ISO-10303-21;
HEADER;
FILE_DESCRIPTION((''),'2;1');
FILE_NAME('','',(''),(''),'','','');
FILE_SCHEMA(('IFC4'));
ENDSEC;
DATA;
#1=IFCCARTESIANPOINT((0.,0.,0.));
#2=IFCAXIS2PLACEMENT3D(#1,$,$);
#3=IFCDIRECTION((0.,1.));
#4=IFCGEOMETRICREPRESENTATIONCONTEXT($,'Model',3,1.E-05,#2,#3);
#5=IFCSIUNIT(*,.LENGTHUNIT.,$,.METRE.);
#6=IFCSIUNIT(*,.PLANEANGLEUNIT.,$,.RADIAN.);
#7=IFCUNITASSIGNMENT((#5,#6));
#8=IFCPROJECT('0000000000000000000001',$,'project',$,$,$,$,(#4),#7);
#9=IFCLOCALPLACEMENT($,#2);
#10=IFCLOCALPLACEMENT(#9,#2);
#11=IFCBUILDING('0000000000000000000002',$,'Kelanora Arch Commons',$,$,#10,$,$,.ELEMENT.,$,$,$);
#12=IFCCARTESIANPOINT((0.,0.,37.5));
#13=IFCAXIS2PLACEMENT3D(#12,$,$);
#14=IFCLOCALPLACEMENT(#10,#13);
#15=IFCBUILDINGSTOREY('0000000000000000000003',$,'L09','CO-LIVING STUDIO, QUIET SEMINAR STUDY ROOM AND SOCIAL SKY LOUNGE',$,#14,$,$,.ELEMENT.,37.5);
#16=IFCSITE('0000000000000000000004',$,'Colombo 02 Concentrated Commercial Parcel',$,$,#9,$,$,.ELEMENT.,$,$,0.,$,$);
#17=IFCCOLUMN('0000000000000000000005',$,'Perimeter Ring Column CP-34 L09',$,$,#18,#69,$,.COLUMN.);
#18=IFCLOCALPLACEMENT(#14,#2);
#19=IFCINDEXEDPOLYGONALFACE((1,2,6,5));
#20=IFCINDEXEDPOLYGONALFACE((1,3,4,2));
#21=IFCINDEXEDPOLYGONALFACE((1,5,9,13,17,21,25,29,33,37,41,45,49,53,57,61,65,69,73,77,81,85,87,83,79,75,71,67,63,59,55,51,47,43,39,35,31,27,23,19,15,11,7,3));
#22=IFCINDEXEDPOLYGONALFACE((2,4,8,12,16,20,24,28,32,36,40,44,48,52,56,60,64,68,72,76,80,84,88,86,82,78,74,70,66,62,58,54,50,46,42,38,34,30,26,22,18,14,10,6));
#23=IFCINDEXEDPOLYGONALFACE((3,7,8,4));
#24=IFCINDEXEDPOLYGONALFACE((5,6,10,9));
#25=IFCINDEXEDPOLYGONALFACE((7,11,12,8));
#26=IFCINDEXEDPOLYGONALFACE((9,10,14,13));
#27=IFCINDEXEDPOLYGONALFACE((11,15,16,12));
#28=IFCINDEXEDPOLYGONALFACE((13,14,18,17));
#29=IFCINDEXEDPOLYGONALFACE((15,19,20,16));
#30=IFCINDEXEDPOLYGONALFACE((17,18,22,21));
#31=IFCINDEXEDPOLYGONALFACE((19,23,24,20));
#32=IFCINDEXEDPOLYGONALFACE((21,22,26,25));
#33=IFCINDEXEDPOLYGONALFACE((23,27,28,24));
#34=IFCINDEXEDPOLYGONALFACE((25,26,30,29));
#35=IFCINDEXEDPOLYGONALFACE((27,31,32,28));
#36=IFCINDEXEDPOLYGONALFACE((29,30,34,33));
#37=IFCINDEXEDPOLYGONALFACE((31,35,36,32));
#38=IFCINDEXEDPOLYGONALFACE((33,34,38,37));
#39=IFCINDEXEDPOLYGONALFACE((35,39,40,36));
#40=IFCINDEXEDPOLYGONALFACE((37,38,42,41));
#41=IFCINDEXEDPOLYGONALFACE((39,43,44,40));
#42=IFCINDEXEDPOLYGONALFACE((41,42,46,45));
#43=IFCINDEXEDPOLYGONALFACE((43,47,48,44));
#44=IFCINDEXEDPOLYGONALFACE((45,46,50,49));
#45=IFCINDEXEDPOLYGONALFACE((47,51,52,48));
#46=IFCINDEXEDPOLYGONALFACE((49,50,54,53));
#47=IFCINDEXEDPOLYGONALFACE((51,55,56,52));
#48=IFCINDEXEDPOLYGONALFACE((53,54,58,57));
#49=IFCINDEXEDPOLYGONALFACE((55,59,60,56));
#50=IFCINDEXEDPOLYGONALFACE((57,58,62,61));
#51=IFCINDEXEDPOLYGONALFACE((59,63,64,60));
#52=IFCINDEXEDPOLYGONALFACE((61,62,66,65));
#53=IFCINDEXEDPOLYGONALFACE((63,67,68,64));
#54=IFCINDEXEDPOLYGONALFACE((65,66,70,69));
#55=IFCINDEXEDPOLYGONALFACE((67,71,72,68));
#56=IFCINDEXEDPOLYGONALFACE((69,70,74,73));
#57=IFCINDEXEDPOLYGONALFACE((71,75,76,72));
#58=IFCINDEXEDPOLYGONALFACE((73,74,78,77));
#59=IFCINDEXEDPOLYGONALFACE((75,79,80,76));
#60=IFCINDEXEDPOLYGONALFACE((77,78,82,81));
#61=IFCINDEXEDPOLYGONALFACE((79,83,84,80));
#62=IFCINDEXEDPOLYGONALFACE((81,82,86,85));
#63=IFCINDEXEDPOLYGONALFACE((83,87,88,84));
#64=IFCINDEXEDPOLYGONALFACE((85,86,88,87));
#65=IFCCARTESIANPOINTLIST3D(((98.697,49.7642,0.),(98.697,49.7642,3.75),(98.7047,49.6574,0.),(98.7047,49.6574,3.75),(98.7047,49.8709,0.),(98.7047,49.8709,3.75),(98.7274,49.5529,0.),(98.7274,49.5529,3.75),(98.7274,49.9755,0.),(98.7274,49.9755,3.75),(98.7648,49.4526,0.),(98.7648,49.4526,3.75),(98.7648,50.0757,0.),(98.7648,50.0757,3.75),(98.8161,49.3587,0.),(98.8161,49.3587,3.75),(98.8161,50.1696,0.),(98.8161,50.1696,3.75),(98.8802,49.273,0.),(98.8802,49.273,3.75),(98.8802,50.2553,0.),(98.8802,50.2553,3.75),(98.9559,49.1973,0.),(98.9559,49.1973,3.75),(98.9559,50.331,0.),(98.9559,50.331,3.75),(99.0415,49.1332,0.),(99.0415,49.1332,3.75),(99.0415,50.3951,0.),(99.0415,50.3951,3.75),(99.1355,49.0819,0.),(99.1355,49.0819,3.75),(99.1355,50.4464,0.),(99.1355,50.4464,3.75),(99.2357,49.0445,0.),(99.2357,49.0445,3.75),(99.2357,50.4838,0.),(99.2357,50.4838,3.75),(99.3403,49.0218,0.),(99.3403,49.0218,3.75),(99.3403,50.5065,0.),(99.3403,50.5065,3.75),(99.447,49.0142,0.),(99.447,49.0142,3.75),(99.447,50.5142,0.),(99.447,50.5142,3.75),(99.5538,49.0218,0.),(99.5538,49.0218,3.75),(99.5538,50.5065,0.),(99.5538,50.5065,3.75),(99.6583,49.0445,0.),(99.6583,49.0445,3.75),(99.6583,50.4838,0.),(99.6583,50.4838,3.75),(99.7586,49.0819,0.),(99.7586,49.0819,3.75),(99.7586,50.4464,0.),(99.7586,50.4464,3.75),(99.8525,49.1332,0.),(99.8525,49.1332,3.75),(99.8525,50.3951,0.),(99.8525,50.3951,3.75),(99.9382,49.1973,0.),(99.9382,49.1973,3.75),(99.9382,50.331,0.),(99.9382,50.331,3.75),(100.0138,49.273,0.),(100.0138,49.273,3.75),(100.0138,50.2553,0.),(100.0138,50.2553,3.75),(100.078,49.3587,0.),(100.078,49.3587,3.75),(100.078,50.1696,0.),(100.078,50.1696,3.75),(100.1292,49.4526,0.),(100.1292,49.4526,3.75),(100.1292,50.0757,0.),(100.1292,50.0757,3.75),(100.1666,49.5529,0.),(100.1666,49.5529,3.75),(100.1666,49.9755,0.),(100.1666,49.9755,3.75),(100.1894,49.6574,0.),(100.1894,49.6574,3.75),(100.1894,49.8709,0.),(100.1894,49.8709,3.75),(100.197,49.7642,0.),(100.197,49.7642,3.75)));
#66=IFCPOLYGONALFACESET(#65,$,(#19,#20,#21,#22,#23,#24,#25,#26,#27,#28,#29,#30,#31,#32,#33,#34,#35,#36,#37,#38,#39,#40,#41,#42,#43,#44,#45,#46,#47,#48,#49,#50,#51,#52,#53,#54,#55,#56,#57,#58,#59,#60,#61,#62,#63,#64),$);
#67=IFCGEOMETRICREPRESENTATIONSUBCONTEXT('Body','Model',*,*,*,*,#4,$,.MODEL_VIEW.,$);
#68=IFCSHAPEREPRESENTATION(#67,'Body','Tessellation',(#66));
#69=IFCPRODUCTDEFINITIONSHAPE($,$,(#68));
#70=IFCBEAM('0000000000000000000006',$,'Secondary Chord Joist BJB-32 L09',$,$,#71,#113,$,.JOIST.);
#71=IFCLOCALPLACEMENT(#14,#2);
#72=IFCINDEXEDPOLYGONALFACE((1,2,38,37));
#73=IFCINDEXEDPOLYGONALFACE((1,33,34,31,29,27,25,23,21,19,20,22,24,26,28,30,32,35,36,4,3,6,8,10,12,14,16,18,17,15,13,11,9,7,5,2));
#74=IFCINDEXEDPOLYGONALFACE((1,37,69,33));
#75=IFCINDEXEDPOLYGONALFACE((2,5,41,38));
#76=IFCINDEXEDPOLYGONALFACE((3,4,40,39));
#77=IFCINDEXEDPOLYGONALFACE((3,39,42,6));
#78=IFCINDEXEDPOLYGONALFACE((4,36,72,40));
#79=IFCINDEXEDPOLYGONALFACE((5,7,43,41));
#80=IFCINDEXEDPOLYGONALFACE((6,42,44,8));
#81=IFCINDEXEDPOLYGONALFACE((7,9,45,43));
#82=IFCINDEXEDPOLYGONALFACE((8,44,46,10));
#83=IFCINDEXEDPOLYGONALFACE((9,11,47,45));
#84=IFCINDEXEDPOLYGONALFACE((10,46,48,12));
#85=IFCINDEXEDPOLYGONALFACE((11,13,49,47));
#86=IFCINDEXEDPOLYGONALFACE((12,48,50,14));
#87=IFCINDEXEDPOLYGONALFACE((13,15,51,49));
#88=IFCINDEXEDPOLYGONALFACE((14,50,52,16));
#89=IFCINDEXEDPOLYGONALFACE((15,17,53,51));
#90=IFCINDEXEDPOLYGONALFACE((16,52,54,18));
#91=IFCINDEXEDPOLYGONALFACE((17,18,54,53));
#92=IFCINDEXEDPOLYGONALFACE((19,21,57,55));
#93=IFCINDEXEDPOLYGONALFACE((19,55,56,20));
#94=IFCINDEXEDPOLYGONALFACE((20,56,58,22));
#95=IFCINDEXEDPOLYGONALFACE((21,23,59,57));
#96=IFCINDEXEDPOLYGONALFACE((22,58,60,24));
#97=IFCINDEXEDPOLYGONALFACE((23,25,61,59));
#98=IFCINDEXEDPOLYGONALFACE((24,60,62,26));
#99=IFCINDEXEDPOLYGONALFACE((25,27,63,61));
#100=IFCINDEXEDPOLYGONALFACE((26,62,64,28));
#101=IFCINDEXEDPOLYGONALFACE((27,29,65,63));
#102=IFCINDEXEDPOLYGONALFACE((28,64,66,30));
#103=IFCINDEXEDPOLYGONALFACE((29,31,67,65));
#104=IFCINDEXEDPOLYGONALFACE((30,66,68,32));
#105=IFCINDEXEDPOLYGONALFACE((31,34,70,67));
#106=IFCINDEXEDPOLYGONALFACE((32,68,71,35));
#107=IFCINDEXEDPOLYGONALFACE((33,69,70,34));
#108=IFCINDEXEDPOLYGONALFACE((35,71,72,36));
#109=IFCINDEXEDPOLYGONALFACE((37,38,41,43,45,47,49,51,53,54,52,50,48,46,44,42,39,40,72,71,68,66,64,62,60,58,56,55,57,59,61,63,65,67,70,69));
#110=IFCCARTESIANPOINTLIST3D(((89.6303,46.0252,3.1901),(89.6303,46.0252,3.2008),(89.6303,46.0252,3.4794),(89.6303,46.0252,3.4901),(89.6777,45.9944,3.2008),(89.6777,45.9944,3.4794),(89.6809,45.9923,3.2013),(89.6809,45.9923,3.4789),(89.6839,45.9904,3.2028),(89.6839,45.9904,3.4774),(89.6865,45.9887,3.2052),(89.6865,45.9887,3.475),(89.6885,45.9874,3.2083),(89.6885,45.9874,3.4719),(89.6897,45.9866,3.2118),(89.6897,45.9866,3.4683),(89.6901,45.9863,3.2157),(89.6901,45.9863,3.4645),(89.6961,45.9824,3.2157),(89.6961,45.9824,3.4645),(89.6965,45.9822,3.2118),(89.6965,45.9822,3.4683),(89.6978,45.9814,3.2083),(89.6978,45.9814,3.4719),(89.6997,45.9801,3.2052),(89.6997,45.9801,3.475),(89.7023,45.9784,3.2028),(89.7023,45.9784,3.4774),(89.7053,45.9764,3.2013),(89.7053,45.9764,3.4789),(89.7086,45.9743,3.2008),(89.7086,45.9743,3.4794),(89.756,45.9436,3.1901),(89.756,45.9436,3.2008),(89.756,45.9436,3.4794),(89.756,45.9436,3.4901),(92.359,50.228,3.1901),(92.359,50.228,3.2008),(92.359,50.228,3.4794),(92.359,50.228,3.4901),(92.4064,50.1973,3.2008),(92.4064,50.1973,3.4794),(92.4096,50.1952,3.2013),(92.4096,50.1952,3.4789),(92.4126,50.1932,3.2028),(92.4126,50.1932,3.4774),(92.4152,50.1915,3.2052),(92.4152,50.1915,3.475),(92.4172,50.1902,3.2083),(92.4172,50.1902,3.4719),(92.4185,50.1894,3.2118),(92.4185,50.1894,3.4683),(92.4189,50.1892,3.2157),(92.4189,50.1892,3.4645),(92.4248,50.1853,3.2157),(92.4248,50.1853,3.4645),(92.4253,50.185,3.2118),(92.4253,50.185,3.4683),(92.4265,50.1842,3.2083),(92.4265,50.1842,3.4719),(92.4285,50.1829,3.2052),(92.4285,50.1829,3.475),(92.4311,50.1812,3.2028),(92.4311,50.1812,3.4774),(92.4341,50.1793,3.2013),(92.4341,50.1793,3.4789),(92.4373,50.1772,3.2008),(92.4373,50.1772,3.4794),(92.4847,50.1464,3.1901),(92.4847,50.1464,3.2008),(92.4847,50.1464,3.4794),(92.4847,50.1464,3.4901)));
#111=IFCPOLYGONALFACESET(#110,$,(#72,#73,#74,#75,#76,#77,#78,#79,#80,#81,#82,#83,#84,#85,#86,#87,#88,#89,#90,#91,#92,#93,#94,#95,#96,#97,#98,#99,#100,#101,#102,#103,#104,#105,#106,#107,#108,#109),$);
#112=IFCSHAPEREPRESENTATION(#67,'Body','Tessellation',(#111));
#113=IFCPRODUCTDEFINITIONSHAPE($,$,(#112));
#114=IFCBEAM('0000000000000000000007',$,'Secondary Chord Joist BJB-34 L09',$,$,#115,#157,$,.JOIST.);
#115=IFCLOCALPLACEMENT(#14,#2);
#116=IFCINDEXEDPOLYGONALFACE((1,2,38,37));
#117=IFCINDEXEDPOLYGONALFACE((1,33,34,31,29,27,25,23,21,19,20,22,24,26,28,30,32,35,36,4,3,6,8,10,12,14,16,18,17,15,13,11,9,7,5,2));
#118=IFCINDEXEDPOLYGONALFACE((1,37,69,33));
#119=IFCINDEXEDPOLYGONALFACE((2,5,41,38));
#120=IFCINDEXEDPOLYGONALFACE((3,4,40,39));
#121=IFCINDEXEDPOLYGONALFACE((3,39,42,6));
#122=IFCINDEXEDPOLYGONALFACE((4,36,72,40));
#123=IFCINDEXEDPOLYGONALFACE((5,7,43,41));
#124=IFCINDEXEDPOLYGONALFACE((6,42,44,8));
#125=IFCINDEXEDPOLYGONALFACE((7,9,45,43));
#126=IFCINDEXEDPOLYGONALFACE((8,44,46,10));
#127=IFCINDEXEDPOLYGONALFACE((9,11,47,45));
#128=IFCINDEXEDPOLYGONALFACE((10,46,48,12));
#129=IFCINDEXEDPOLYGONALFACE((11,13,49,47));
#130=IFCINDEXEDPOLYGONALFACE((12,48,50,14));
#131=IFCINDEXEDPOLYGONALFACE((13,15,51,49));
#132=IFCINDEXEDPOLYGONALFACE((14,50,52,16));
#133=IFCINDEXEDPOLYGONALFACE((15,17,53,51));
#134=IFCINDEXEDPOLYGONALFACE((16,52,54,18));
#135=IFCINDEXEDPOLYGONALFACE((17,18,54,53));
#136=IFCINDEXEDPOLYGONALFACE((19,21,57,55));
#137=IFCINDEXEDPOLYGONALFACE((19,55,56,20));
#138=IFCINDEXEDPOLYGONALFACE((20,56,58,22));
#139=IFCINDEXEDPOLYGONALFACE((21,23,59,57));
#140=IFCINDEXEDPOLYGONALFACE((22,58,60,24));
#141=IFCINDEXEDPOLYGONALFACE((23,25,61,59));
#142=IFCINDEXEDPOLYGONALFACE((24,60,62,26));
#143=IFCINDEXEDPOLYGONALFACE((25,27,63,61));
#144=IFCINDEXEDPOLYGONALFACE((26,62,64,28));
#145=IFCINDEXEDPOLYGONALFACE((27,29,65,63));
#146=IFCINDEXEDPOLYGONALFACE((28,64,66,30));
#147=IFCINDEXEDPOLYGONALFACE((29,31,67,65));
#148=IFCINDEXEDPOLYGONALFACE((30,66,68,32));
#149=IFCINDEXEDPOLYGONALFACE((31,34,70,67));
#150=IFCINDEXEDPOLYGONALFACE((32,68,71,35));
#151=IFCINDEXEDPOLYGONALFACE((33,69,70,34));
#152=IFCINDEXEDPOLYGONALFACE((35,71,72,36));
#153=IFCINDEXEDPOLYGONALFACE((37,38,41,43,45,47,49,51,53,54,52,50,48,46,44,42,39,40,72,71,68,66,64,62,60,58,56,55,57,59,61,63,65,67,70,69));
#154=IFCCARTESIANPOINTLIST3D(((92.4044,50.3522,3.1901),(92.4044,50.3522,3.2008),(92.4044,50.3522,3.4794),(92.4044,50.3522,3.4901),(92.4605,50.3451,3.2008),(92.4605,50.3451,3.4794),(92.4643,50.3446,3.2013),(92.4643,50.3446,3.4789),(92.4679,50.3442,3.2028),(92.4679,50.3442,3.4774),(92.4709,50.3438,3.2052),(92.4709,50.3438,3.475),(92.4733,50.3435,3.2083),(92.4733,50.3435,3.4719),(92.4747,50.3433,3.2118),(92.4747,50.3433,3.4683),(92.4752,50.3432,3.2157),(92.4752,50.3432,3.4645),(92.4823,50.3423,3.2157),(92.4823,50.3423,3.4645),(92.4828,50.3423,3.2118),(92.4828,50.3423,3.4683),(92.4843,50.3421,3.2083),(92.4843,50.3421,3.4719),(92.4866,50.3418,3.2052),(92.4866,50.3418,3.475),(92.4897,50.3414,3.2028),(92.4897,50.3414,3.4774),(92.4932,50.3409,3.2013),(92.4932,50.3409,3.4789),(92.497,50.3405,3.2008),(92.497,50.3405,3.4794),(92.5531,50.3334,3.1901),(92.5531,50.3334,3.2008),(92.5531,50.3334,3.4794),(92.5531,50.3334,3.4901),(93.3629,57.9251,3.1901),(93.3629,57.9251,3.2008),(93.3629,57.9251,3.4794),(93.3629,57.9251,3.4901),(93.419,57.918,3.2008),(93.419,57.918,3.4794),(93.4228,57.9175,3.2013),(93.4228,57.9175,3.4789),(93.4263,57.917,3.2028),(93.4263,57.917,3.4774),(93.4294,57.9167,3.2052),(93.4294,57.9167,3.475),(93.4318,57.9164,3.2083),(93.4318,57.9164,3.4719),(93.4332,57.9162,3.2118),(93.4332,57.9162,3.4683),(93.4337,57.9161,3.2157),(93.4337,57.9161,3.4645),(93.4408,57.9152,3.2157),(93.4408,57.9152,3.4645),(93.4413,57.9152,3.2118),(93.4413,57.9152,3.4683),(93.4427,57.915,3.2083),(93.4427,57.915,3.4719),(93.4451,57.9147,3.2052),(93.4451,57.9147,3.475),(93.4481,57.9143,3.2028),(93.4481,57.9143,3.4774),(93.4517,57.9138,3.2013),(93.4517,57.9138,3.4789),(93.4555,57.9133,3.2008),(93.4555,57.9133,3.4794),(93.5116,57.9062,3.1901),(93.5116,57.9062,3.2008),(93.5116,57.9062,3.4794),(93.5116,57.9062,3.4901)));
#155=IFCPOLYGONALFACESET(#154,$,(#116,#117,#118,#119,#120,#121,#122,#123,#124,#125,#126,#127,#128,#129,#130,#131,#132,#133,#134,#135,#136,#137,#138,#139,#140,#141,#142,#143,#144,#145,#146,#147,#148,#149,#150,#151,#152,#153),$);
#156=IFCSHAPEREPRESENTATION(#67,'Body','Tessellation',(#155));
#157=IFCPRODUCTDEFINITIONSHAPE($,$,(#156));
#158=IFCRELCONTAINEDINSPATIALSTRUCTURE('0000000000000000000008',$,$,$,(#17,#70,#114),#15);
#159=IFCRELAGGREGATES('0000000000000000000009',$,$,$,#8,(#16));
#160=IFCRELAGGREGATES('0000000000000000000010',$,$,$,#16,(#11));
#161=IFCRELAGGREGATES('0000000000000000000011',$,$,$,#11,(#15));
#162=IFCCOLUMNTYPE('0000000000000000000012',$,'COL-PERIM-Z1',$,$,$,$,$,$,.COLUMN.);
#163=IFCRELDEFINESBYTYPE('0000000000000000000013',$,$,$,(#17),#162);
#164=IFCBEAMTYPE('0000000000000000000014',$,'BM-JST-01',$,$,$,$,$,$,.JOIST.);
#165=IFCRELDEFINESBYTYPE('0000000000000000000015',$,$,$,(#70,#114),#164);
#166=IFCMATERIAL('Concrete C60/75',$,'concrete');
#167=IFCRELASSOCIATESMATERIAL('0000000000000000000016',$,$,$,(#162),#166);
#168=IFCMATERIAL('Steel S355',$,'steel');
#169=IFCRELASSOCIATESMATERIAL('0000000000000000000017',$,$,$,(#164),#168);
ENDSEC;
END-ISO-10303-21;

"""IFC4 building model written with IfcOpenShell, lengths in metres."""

from ifc_helpers import new_model, si_unit, direction, frame, origin, origin_2d, place, context, subcontext, project, spatial, circle, i_section, extrude, material, material_profile, profile_set, type_object, element, save


model = new_model("IFC4")

# Units and contexts
model_context = context("Model", 3, precision=1e-05, world=origin(), true_north=direction((0.0, 1.0)))
body_context = subcontext(model_context, "Body", "Model", "MODEL_VIEW")
ifc_project = project(units=[si_unit("LENGTHUNIT", "METRE"), si_unit("PLANEANGLEUNIT", "RADIAN")], contexts=[model_context])

# Site, building, storey
site_placement = place(None, origin())
site = spatial("IfcSite", under=ifc_project, at=site_placement, Name="Colombo 02 Concentrated Commercial Parcel", CompositionType="ELEMENT", RefElevation=0.0)
building_placement = place(site_placement, origin())
building = spatial("IfcBuilding", under=site, at=building_placement, Name="Kelanora Arch Commons", CompositionType="ELEMENT")
storey_placement = place(building_placement, frame((0.0, 0.0, 37.5)))
storey = spatial("IfcBuildingStorey", under=building, at=storey_placement, Name="L09", Description="CO-LIVING STUDIO, QUIET SEMINAR STUDY ROOM AND SOCIAL SKY LOUNGE", CompositionType="ELEMENT", Elevation=37.5)

# Column
ifc_material_1 = material(Name="Concrete C60/75", Category="concrete")
ifc_material_profile_1 = material_profile(ifc_material_1, circle(Radius=0.75, at=origin_2d()), Name="RCC1500")
ifc_profile_set_1 = profile_set([ifc_material_profile_1], Name="Concrete C60/75")
column_type = type_object("IfcColumnType", Name="COL-PERIM-Z1", PredefinedType="COLUMN", material=ifc_profile_set_1)
column_placement = place(storey_placement, frame((99.447, 49.7642, 0.0), z_axis=(0.0, 0.0, 1.0), x_axis=(1.0, 0.0, 0.0)))
element("IfcColumn", 1, at=column_placement, inside=storey, type_object=column_type, Name="Perimeter Ring Column CP-34 L09", PredefinedType="COLUMN", context=body_context, shape_type="SweptSolid", body=[
    extrude(circle(Radius=0.75, at=origin_2d()), origin(), (0.0, 0.0, 1.0), 3.75),
])

# Beams
ifc_material_2 = material(Name="Steel S355", Category="steel")
ifc_material_profile_2 = material_profile(ifc_material_2, i_section(OverallWidth=0.1499, OverallDepth=0.3, WebThickness=0.0071, FlangeThickness=0.0107, FilletRadius=0.0149, at=origin_2d()), Name="IPE300")
ifc_profile_set_2 = profile_set([ifc_material_profile_2], Name="Steel S355")
beam_type_1 = type_object("IfcBeamType", Name="BM-JST-01", PredefinedType="JOIST", material=ifc_profile_set_2)
beam_1_placement = place(storey_placement, frame((89.6931, 45.9844, 3.3401), z_axis=(0.544552, 0.838727, 0.0), x_axis=(-0.838727, 0.544552, 0.0)))
element("IfcBeam", 2, at=beam_1_placement, inside=storey, type_object=beam_type_1, Name="Secondary Chord Joist BJB-32 L09", PredefinedType="JOIST", context=body_context, shape_type="SweptSolid", body=[
    extrude(i_section(OverallWidth=0.1499, OverallDepth=0.3, WebThickness=0.0071, FlangeThickness=0.0107, FilletRadius=0.0149, at=origin_2d()), origin(), (0.0, 0.0, 1.0), 5.011),
])
beam_2_placement = place(storey_placement, frame((92.4788, 50.3428, 3.3401), z_axis=(0.125566, 0.992085, 0.0), x_axis=(-0.992085, 0.125566, 0.0)))
element("IfcBeam", 3, at=beam_2_placement, inside=storey, type_object=beam_type_1, Name="Secondary Chord Joist BJB-34 L09", PredefinedType="JOIST", context=body_context, shape_type="SweptSolid", body=[
    extrude(i_section(OverallWidth=0.1499, OverallDepth=0.3, WebThickness=0.0071, FlangeThickness=0.0107, FilletRadius=0.0149, at=origin_2d()), origin(), (0.0, 0.0, 1.0), 7.6333),
])

save(model, "model.ifc")
